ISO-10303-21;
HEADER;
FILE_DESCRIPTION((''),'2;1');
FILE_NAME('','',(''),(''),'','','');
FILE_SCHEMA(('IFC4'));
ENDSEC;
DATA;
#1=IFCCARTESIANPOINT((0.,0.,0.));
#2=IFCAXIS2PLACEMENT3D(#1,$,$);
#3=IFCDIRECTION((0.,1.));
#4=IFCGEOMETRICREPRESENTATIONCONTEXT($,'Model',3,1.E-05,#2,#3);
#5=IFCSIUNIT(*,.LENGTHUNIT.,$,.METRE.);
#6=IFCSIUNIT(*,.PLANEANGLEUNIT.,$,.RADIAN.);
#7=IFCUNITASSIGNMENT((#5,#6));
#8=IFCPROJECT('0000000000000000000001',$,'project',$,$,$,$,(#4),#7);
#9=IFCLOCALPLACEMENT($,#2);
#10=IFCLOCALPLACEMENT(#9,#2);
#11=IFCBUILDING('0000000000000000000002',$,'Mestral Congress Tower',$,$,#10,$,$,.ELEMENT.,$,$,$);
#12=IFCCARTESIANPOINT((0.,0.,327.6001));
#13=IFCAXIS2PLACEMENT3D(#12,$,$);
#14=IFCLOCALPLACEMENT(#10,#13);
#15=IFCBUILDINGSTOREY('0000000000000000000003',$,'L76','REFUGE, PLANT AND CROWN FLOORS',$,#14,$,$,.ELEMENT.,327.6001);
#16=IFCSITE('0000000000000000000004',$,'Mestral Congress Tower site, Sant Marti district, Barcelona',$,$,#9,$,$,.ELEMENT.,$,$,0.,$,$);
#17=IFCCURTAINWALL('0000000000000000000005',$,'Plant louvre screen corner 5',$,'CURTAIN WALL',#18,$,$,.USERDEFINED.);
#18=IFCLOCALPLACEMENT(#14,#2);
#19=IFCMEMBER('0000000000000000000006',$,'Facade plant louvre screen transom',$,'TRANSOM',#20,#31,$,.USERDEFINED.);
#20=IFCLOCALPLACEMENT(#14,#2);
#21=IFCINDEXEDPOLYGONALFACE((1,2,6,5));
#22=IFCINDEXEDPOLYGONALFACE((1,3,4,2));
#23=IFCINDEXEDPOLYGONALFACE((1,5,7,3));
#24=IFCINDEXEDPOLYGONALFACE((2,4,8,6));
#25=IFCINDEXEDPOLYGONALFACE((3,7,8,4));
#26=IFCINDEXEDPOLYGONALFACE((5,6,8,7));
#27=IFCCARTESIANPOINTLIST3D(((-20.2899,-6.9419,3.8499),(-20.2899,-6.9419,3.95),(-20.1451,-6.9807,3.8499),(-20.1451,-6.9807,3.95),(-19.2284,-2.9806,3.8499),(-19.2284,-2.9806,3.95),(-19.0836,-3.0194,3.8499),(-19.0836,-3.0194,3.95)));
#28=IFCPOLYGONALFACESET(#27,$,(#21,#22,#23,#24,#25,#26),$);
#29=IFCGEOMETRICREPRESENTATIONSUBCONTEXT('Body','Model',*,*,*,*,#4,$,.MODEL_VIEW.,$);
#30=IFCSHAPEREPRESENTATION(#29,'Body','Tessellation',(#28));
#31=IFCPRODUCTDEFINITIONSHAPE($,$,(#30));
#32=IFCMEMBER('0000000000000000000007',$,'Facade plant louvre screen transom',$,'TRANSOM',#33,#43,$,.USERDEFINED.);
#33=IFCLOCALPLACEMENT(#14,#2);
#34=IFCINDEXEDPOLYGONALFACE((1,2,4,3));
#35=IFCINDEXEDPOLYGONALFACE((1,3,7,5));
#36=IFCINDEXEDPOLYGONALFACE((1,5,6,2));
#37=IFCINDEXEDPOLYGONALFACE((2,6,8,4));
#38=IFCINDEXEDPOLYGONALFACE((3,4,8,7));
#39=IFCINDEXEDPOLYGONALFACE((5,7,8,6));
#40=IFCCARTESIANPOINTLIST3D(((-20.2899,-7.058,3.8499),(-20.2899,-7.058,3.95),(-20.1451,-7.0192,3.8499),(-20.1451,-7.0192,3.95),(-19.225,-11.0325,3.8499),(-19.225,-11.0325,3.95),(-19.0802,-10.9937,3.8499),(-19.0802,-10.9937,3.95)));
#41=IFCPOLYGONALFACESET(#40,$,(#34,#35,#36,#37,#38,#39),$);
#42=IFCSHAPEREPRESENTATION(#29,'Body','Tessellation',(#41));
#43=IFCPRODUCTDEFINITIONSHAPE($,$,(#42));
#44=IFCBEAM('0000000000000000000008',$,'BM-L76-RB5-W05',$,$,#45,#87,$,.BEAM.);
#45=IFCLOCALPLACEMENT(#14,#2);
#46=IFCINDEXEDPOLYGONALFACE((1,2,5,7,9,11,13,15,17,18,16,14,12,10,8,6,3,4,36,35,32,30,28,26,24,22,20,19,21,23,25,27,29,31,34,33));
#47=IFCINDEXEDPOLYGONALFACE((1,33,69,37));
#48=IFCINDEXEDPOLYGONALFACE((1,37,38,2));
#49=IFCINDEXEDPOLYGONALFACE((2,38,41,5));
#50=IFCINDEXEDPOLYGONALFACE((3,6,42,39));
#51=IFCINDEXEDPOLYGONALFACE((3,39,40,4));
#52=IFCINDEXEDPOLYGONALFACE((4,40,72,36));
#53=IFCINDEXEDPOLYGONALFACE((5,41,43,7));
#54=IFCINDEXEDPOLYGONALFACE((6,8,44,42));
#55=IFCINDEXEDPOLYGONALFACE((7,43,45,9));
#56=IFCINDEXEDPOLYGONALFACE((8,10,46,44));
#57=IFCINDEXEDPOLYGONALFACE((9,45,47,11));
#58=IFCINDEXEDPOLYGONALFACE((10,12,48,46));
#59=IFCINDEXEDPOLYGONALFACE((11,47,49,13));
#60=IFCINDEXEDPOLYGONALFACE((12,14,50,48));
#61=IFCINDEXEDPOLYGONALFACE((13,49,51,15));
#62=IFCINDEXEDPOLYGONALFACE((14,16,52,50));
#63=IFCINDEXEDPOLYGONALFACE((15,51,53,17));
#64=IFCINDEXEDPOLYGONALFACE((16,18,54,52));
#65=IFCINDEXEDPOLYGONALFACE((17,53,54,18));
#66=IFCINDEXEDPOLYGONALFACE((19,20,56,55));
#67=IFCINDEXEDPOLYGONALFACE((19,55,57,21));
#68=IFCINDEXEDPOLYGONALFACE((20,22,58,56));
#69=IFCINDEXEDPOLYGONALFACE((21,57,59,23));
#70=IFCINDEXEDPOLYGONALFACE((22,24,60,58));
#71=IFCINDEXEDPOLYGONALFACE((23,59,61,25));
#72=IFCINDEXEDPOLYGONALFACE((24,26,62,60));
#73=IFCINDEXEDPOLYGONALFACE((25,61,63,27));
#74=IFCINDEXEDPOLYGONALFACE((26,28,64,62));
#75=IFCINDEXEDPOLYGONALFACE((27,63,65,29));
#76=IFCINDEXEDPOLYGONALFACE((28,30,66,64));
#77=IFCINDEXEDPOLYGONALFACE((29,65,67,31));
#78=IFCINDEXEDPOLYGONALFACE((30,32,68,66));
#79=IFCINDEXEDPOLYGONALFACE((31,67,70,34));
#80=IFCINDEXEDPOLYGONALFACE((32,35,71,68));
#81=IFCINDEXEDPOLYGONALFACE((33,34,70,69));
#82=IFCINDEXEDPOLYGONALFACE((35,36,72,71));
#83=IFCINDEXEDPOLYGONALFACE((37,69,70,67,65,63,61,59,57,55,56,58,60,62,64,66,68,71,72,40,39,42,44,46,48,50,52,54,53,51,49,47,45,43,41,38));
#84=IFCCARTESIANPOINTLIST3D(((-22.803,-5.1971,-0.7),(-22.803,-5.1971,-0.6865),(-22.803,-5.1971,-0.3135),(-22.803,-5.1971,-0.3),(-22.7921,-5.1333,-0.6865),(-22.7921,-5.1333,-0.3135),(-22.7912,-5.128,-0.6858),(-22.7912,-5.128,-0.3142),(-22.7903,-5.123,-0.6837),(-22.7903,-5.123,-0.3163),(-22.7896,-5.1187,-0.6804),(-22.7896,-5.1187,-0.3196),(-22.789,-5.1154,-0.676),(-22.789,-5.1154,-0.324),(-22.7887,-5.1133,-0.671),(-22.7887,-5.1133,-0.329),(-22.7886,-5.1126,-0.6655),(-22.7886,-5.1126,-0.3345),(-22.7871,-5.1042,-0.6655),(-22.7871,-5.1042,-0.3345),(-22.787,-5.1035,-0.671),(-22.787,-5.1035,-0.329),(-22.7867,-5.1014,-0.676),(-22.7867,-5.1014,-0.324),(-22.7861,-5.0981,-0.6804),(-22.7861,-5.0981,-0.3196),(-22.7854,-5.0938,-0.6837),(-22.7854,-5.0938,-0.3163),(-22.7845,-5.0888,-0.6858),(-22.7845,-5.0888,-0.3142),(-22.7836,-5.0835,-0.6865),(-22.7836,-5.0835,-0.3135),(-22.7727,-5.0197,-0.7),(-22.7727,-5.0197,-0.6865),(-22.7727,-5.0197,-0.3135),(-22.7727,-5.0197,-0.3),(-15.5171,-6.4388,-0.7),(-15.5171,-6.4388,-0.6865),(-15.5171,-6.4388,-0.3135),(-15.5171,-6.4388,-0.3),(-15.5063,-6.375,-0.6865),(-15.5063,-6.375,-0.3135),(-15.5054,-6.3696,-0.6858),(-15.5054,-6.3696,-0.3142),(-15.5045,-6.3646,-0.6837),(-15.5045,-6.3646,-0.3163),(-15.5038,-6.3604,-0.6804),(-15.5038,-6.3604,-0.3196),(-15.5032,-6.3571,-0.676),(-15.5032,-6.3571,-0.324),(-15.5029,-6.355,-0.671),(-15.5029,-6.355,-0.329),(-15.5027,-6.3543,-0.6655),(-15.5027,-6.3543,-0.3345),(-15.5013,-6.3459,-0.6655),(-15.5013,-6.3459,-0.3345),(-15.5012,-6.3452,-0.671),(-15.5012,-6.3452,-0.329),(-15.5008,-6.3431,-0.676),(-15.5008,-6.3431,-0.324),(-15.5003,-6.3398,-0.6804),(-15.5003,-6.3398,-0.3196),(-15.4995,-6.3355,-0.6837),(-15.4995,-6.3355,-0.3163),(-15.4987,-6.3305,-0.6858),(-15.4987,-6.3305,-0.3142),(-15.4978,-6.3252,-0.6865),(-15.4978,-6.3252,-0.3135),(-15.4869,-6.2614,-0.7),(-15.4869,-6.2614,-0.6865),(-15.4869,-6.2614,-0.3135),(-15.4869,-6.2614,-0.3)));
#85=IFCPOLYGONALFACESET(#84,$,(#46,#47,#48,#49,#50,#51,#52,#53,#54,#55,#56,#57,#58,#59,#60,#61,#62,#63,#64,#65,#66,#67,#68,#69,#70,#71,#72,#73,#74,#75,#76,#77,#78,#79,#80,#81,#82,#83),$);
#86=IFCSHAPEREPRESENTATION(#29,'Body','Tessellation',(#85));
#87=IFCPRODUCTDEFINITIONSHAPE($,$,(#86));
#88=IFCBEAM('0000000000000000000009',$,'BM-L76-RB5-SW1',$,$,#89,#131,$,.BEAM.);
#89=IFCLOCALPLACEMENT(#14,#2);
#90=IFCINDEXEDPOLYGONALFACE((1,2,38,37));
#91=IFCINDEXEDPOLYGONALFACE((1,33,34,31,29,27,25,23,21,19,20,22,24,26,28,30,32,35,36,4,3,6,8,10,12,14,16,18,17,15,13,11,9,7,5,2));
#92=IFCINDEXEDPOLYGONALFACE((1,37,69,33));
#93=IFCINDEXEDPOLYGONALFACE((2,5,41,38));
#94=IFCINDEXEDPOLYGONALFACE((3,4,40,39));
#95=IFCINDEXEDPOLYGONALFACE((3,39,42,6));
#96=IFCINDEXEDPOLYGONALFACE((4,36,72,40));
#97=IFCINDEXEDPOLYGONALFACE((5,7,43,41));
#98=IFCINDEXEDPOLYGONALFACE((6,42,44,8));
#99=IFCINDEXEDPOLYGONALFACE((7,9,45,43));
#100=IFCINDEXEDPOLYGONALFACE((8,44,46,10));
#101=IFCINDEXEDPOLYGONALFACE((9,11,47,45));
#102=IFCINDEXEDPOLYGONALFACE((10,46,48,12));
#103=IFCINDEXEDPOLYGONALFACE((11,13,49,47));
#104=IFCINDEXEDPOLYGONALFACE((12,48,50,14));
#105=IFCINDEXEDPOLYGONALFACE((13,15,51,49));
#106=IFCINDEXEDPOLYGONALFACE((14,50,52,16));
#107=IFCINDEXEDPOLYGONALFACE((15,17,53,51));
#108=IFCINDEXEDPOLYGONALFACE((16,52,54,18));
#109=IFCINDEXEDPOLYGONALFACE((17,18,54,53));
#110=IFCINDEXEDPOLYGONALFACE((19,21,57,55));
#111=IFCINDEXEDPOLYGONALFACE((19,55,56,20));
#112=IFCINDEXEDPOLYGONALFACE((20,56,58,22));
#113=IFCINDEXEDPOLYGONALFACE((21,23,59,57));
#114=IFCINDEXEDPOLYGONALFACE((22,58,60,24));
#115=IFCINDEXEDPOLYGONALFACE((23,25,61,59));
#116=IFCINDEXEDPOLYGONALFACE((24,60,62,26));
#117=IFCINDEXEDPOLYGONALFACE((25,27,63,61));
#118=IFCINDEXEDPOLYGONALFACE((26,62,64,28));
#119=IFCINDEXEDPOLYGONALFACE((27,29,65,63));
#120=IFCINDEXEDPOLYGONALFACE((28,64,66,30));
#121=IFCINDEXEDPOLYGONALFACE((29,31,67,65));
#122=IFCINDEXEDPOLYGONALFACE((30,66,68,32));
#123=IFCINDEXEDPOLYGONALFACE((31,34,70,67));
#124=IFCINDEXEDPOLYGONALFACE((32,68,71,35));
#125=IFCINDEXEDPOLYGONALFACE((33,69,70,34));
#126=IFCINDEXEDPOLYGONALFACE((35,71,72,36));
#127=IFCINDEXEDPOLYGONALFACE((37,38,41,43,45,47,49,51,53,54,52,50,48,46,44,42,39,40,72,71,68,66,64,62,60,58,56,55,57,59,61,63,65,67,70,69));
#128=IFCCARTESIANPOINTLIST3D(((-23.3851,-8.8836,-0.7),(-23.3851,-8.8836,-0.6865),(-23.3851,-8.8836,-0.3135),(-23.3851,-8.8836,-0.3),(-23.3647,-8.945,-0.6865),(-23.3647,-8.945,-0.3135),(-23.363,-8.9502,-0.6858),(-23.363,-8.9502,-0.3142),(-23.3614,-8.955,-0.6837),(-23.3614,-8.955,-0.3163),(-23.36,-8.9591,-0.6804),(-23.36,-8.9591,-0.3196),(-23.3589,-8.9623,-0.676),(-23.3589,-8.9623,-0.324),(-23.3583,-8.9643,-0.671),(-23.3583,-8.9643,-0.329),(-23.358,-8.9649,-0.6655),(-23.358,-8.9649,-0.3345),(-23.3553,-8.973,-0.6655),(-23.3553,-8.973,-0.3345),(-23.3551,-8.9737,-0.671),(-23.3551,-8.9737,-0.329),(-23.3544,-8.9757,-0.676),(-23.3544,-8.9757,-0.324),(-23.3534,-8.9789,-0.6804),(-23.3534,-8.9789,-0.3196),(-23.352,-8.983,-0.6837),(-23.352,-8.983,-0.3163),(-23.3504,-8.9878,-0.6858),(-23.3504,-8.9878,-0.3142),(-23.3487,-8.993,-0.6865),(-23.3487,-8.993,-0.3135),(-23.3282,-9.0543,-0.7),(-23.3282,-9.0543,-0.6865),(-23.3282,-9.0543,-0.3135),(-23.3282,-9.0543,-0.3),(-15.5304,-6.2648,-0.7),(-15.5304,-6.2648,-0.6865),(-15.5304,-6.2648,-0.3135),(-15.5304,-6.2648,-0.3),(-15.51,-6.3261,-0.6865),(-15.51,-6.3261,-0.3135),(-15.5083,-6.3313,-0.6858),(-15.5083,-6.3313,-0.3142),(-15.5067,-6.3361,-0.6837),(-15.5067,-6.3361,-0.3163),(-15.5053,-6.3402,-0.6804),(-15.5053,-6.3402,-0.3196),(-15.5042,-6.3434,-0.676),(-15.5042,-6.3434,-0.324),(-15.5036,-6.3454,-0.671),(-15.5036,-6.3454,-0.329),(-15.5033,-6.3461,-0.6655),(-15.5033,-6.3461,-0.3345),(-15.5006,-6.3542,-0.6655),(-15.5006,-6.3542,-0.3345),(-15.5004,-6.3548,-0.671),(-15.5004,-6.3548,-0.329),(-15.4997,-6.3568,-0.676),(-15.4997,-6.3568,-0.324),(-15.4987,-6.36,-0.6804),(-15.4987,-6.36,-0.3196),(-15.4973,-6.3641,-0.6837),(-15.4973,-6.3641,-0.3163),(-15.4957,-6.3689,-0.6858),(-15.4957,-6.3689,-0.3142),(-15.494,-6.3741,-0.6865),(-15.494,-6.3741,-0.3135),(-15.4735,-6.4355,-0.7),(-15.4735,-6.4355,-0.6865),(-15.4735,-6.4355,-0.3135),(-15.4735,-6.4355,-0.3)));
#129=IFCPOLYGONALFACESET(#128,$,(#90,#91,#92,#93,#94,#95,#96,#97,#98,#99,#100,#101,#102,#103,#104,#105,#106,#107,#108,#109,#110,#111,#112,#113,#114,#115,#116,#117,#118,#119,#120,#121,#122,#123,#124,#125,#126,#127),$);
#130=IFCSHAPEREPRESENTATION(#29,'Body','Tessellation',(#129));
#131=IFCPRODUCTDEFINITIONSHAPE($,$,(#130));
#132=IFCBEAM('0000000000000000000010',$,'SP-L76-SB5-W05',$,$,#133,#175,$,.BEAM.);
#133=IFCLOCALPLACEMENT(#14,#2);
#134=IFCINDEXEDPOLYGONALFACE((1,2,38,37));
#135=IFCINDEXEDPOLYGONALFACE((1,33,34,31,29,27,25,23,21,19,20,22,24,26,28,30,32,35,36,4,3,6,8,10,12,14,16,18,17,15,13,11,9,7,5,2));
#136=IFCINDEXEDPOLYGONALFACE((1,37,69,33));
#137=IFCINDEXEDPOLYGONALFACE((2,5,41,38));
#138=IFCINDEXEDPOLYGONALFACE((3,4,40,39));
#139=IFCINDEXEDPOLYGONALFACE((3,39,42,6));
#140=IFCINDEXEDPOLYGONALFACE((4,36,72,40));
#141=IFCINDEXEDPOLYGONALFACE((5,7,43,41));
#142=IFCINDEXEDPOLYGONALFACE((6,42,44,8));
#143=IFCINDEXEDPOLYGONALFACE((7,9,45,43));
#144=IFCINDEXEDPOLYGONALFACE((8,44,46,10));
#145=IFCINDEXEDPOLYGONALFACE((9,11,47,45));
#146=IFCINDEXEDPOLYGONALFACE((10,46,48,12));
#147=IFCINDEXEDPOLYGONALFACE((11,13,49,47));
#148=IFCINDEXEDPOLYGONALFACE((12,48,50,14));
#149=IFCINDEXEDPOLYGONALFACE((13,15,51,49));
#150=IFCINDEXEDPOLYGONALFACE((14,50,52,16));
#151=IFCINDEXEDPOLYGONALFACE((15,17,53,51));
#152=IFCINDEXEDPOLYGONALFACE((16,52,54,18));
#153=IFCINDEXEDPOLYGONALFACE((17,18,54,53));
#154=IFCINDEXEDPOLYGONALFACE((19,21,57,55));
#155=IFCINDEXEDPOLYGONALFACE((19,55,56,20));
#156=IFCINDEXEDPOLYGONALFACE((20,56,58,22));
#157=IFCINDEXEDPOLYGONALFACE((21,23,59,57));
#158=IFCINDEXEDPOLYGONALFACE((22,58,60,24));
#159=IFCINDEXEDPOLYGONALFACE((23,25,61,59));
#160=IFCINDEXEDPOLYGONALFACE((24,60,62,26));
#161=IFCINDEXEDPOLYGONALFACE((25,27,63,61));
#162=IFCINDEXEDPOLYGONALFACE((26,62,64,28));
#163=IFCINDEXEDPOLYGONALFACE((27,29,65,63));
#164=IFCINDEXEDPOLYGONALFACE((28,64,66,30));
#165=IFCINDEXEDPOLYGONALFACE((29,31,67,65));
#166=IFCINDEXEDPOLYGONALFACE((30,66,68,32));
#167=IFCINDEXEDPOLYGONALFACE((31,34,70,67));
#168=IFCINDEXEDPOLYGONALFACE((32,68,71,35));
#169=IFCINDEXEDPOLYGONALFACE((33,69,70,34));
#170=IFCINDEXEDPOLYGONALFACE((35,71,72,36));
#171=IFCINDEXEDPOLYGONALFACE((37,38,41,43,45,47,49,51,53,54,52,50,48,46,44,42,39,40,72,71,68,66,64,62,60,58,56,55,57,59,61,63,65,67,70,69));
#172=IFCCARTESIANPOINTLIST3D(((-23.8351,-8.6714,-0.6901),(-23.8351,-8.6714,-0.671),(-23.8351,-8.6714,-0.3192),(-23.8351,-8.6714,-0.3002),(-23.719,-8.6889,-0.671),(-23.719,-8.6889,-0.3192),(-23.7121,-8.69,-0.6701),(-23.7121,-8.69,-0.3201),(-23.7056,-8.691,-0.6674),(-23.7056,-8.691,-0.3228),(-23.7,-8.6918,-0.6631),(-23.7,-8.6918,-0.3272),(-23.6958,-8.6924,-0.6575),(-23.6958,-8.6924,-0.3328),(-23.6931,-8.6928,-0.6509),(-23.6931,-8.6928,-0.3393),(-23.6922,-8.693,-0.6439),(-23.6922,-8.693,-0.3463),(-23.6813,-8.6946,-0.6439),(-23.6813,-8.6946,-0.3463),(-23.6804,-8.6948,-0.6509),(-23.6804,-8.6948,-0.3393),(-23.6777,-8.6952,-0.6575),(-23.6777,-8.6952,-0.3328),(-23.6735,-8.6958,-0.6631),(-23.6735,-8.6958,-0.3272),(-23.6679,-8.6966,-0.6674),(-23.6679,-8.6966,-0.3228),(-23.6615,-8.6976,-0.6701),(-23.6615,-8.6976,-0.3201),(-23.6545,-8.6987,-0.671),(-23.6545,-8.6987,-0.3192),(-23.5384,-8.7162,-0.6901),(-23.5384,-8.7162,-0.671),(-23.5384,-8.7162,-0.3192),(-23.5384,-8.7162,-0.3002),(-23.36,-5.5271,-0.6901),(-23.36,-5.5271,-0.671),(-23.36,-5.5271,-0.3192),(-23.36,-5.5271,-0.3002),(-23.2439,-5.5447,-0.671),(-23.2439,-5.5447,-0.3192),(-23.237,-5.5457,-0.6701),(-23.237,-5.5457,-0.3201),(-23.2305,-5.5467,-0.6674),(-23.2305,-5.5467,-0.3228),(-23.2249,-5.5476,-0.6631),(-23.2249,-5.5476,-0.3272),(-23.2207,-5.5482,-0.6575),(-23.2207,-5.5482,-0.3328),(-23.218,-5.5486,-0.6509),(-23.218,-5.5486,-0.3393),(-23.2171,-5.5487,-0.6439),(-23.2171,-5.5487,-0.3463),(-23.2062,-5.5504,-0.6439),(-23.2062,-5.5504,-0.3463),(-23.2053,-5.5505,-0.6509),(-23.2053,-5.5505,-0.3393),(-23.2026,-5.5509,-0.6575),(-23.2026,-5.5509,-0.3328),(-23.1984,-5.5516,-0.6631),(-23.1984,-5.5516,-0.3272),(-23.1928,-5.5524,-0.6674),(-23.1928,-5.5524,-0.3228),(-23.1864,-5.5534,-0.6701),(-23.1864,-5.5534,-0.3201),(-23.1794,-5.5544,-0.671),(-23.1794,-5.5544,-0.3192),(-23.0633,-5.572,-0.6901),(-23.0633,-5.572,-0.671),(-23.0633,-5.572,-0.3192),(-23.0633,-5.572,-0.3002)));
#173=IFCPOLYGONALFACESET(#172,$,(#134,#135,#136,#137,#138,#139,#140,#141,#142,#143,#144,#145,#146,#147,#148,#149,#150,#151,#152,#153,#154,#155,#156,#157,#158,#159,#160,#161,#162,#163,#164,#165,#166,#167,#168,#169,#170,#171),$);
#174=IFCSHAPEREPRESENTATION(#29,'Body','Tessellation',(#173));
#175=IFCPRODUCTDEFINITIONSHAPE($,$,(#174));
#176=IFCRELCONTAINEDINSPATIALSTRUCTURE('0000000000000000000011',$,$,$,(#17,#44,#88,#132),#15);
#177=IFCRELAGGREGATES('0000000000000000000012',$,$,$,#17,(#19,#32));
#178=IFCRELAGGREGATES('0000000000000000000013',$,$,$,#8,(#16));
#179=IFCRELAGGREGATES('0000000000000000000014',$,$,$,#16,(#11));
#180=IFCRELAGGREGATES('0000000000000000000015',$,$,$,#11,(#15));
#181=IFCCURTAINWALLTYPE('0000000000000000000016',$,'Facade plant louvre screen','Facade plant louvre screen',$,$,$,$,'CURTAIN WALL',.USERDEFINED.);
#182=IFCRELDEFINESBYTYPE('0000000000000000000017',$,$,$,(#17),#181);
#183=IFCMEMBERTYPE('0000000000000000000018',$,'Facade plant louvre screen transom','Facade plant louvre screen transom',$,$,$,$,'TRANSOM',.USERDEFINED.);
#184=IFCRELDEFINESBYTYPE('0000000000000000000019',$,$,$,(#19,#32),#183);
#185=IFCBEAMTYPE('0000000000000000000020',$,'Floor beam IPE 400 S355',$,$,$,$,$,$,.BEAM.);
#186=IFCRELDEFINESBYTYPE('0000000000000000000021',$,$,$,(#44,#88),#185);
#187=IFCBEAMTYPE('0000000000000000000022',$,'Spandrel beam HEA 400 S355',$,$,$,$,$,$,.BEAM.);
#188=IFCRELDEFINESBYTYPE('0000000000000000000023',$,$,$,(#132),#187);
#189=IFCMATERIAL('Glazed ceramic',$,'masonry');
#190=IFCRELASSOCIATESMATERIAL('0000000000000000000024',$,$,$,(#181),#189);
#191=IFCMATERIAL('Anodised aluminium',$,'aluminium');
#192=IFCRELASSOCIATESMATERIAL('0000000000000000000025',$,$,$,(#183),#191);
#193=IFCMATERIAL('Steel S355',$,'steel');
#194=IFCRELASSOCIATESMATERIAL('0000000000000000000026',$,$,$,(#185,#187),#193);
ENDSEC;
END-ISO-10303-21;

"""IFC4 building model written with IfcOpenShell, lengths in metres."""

from ifc_helpers import new_model, si_unit, direction, frame, origin, origin_2d, place, context, subcontext, project, spatial, rectangle, i_section, extrude, material, material_profile, profile_set, type_object, element, aggregate, save


model = new_model("IFC4")

# Units and contexts
model_context = context("Model", 3, precision=1e-05, world=origin(), true_north=direction((0.0, 1.0)))
body_context = subcontext(model_context, "Body", "Model", "MODEL_VIEW")
ifc_project = project(units=[si_unit("LENGTHUNIT", "METRE"), si_unit("PLANEANGLEUNIT", "RADIAN")], contexts=[model_context])

# Site, building, storey
site_placement = place(None, origin())
site = spatial("IfcSite", under=ifc_project, at=site_placement, Name="Mestral Congress Tower site, Sant Marti district, Barcelona", CompositionType="ELEMENT", RefElevation=0.0)
building_placement = place(site_placement, origin())
building = spatial("IfcBuilding", under=site, at=building_placement, Name="Mestral Congress Tower", CompositionType="ELEMENT")
storey_placement = place(building_placement, frame((0.0, 0.0, 327.6001)))
storey = spatial("IfcBuildingStorey", under=building, at=storey_placement, Name="L76", Description="REFUGE, PLANT AND CROWN FLOORS", CompositionType="ELEMENT", Elevation=327.6001)

# Shared definitions
ifc_material_1 = material(Name="Steel S355", Category="steel")

# Shared definitions
ifc_material_2 = material(Name="Glazed ceramic", Category="masonry")
curtain_wall_type = type_object("IfcCurtainWallType", Name="Facade plant louvre screen", Description="Facade plant louvre screen", ElementType="CURTAIN WALL", PredefinedType="USERDEFINED", material=ifc_material_2)
placement = place(storey_placement, origin())
ifc_material_3 = material(Name="Anodised aluminium", Category="aluminium")

# Curtain wall
curtain_wall_1 = element("IfcCurtainWall", 1, at=placement, inside=storey, type_object=curtain_wall_type, Name="Plant louvre screen corner 5", ObjectType="CURTAIN WALL", PredefinedType="USERDEFINED")

# Members
ifc_material_profile_1 = material_profile(ifc_material_3, rectangle(XDim=0.1499, YDim=0.1001, at=origin_2d()), Name="CW6 transom 150 x 100")
ifc_profile_set_1 = profile_set([ifc_material_profile_1], Name="Anodised aluminium")
member_type_1 = type_object("IfcMemberType", Name="Facade plant louvre screen transom", Description="Facade plant louvre screen transom", ElementType="TRANSOM", PredefinedType="USERDEFINED", material=ifc_profile_set_1)
member_1_placement = place(storey_placement, frame((-19.156, -3.0, 3.8999), z_axis=(-0.258833, -0.965922, 0.0), x_axis=(0.965922, -0.258833, 0.0)))
member_1 = element("IfcMember", 2, at=member_1_placement, type_object=member_type_1, Name="Facade plant louvre screen transom", ObjectType="TRANSOM", PredefinedType="USERDEFINED", context=body_context, shape_type="SweptSolid", body=[
    extrude(rectangle(XDim=0.1499, YDim=0.1001, at=origin_2d()), origin(), (0.0, 0.0, 1.0), 4.1011),
])
member_2_placement = place(storey_placement, frame((-20.2175, -7.0386, 3.8999), z_axis=(0.258807, -0.965929, 0.0), x_axis=(0.965929, 0.258807, 0.0)))
member_2 = element("IfcMember", 3, at=member_2_placement, type_object=member_type_1, Name="Facade plant louvre screen transom", ObjectType="TRANSOM", PredefinedType="USERDEFINED", context=body_context, shape_type="SweptSolid", body=[
    extrude(rectangle(XDim=0.1499, YDim=0.1001, at=origin_2d()), origin(), (0.0, 0.0, 1.0), 4.1147),
])

# Beams
ifc_material_profile_2 = material_profile(ifc_material_1, i_section(OverallWidth=0.1799, OverallDepth=0.3999, WebThickness=0.0085, FlangeThickness=0.0134, FilletRadius=0.021, at=origin_2d()), Name="IPE 400")
ifc_profile_set_2 = profile_set([ifc_material_profile_2], Name="Steel S355")
beam_type_1 = type_object("IfcBeamType", Name="Floor beam IPE 400 S355", PredefinedType="BEAM", material=ifc_profile_set_2)
beam_1_placement = place(storey_placement, frame((-22.7878, -5.1084, -0.5), z_axis=(0.985787, -0.168003, 0.0), x_axis=(0.168003, 0.985787, 0.0)))
element("IfcBeam", 4, at=beam_1_placement, inside=storey, type_object=beam_type_1, Name="BM-L76-RB5-W05", PredefinedType="BEAM", context=body_context, shape_type="SweptSolid", body=[
    extrude(i_section(OverallWidth=0.1799, OverallDepth=0.3999, WebThickness=0.0085, FlangeThickness=0.0134, FilletRadius=0.021, at=origin_2d()), origin(), (0.0, 0.0, 1.0), 7.3909),
])
beam_2_placement = place(storey_placement, frame((-23.3567, -8.969, -0.5), z_axis=(0.94866, 0.316299, 0.0), x_axis=(-0.316299, 0.94866, 0.0)))
element("IfcBeam", 5, at=beam_2_placement, inside=storey, type_object=beam_type_1, Name="BM-L76-RB5-SW1", PredefinedType="BEAM", context=body_context, shape_type="SweptSolid", body=[
    extrude(i_section(OverallWidth=0.1799, OverallDepth=0.3999, WebThickness=0.0085, FlangeThickness=0.0134, FilletRadius=0.021, at=origin_2d()), origin(), (0.0, 0.0, 1.0), 8.2798),
])
ifc_material_profile_3 = material_profile(ifc_material_1, i_section(OverallWidth=0.3, OverallDepth=0.3899, WebThickness=0.011, FlangeThickness=0.019, FilletRadius=0.0271, at=origin_2d()), Name="HEA 400")
ifc_profile_set_3 = profile_set([ifc_material_profile_3], Name="Steel S355")
beam_type_2 = type_object("IfcBeamType", Name="Spandrel beam HEA 400 S355", PredefinedType="BEAM", material=ifc_profile_set_3)
beam_3_placement = place(storey_placement, frame((-23.2117, -5.5496, -0.4951), z_axis=(-0.149403, -0.988776, 0.0), x_axis=(0.988776, -0.149403, 0.0)))
element("IfcBeam", 6, at=beam_3_placement, inside=storey, type_object=beam_type_2, Name="SP-L76-SB5-W05", PredefinedType="BEAM", context=body_context, shape_type="SweptSolid", body=[
    extrude(i_section(OverallWidth=0.3, OverallDepth=0.3899, WebThickness=0.011, FlangeThickness=0.019, FilletRadius=0.0271, at=origin_2d()), origin(), (0.0, 0.0, 1.0), 3.1799),
])

aggregate(curtain_wall_1, [member_1, member_2])

save(model, "model.ifc")
